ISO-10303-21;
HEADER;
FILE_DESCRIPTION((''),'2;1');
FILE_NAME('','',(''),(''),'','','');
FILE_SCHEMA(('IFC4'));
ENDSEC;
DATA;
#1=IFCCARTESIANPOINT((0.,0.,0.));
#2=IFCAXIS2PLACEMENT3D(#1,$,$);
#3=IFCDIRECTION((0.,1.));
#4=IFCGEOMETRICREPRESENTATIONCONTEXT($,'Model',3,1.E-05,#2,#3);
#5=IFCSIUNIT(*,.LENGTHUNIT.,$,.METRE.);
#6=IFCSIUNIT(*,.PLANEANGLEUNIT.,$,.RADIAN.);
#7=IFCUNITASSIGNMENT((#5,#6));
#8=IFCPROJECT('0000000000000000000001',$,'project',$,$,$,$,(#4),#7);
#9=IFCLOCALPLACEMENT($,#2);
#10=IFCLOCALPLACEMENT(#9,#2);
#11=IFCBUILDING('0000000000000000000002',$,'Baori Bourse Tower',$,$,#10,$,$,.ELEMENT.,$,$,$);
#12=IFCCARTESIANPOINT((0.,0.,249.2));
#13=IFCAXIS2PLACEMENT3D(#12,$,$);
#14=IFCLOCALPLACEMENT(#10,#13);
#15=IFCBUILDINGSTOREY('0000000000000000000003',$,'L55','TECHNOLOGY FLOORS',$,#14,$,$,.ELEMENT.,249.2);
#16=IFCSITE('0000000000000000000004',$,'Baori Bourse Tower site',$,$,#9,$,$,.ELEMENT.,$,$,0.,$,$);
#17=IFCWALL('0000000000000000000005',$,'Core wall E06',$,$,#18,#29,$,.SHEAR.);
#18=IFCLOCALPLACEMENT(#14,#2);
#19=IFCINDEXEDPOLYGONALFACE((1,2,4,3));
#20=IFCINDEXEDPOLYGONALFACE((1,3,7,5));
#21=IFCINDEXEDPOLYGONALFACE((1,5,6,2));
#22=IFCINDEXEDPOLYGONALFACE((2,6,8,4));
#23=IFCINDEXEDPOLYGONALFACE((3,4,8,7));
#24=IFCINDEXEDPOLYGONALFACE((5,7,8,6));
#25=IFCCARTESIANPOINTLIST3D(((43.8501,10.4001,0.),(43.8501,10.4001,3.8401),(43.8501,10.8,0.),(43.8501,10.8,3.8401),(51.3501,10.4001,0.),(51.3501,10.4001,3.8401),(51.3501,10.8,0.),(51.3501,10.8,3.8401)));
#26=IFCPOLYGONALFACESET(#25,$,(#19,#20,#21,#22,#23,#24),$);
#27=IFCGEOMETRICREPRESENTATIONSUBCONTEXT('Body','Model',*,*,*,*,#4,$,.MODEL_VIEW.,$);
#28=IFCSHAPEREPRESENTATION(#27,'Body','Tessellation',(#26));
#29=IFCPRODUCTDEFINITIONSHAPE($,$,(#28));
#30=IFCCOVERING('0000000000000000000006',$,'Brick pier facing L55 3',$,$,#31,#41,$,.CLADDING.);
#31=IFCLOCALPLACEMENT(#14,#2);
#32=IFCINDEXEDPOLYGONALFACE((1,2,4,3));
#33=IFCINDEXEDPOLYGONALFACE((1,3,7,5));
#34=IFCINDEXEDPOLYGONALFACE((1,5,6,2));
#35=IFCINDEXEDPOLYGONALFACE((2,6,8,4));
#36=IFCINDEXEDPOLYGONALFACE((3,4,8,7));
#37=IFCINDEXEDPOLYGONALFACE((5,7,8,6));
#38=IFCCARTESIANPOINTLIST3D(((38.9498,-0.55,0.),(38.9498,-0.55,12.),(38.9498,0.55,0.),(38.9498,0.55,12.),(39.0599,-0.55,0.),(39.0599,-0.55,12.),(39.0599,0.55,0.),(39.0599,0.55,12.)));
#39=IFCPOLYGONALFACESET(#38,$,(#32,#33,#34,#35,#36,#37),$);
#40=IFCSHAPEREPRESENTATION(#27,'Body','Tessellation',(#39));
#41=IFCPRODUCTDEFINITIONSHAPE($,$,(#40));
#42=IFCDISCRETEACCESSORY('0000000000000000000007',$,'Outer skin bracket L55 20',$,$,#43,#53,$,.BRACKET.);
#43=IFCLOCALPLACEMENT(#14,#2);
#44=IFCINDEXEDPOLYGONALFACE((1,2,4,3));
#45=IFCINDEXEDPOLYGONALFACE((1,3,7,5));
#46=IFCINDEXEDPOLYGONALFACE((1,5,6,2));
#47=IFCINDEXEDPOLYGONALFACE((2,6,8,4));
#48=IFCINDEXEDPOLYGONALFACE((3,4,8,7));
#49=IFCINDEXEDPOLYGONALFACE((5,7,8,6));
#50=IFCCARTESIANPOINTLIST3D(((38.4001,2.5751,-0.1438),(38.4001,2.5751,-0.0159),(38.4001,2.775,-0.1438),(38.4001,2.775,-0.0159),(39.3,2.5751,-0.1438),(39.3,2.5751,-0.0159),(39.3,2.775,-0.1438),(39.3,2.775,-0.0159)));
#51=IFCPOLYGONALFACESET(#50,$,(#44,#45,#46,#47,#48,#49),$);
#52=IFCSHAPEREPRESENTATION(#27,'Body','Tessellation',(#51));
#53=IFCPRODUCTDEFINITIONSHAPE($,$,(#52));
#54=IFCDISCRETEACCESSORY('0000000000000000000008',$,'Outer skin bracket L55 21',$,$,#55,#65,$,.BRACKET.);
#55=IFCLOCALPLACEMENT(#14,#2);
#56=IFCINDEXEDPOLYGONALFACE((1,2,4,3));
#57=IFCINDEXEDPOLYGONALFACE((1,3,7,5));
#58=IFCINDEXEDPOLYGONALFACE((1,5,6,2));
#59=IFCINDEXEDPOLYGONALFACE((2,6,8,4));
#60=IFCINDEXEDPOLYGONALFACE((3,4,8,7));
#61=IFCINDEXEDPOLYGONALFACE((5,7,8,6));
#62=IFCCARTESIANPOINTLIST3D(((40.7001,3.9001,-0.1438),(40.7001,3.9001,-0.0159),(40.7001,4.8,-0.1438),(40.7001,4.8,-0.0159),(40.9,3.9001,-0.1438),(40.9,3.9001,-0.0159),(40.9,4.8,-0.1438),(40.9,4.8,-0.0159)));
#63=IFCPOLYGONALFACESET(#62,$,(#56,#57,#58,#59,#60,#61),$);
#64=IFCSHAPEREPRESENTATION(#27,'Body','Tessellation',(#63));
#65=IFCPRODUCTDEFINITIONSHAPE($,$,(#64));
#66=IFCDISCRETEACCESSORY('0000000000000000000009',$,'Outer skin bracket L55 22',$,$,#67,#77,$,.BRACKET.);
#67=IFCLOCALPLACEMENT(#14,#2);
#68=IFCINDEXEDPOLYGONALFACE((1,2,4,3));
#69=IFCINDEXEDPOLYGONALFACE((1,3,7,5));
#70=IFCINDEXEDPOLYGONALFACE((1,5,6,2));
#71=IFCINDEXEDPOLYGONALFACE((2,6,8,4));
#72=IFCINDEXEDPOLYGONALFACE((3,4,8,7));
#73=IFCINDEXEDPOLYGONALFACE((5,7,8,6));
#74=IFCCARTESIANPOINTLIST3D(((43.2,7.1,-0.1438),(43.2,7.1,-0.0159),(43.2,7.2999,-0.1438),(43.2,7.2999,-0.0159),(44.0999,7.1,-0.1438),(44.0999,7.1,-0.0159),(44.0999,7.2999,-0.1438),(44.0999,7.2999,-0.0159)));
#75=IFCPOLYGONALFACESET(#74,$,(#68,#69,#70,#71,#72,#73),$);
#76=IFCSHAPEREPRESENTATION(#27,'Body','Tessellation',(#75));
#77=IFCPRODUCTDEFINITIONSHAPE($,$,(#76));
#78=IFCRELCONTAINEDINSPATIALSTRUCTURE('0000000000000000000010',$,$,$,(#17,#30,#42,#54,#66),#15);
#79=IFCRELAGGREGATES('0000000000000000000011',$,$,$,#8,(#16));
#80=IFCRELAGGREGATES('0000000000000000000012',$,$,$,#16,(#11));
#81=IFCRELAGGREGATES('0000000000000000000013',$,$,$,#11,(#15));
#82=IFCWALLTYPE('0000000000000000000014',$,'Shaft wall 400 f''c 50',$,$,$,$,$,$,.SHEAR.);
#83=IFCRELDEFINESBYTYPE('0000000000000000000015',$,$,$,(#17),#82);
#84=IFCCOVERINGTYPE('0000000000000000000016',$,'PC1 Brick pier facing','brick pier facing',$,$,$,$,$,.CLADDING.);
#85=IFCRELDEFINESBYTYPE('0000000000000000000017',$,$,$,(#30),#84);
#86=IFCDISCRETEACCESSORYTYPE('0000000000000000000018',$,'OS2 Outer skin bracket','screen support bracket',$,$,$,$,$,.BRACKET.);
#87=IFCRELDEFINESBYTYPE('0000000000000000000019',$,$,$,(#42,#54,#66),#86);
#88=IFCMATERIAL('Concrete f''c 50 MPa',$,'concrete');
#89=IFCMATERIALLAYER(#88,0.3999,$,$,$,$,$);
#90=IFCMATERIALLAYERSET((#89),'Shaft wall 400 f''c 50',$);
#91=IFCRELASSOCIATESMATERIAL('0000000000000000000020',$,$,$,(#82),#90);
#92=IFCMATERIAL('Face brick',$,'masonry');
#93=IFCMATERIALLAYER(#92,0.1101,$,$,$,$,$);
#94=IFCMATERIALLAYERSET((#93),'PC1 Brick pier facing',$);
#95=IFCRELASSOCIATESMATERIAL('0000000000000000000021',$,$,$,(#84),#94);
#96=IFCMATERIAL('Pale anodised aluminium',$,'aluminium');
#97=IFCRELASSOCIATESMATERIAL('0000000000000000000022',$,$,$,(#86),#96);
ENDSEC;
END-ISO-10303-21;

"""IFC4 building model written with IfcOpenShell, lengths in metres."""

from ifc_helpers import new_model, si_unit, direction, frame, frame_2d, origin, origin_2d, place, context, subcontext, project, spatial, rectangle, extrude, material, layer, layer_set, type_object, element, save


model = new_model("IFC4")

# Units and contexts
model_context = context("Model", 3, precision=1e-05, world=origin(), true_north=direction((0.0, 1.0)))
body_context = subcontext(model_context, "Body", "Model", "MODEL_VIEW")
ifc_project = project(units=[si_unit("LENGTHUNIT", "METRE"), si_unit("PLANEANGLEUNIT", "RADIAN")], contexts=[model_context])

# Site, building, storey
site_placement = place(None, origin())
site = spatial("IfcSite", under=ifc_project, at=site_placement, Name="Baori Bourse Tower site", CompositionType="ELEMENT", RefElevation=0.0)
building_placement = place(site_placement, origin())
building = spatial("IfcBuilding", under=site, at=building_placement, Name="Baori Bourse Tower", CompositionType="ELEMENT")
storey_placement = place(building_placement, frame((0.0, 0.0, 249.2)))
storey = spatial("IfcBuildingStorey", under=building, at=storey_placement, Name="L55", Description="TECHNOLOGY FLOORS", CompositionType="ELEMENT", Elevation=249.2)

# Wall
ifc_material_1 = material(Name="Concrete f'c 50 MPa", Category="concrete")
ifc_layer_1 = layer(ifc_material_1, 0.3999)
ifc_layer_set_1 = layer_set([ifc_layer_1], Name="Shaft wall 400 f'c 50")
wall_type_1 = type_object("IfcWallType", Name="Shaft wall 400 f'c 50", PredefinedType="SHEAR", material=ifc_layer_set_1)
wall_1_placement = place(storey_placement, frame((43.8501, 10.6001, 0.0), z_axis=(0.0, 0.0, 1.0), x_axis=(1.0, 0.0, 0.0)))
element("IfcWall", 1, at=wall_1_placement, inside=storey, type_object=wall_type_1, Name="Core wall E06", PredefinedType="SHEAR", context=body_context, shape_type="SweptSolid", body=[
    extrude(rectangle(XDim=7.5, YDim=0.3999, at=frame_2d((3.75, 0.0))), origin(), (0.0, 0.0, 1.0), 3.8401),
])

# Covering
ifc_material_2 = material(Name="Face brick", Category="masonry")
ifc_layer_2 = layer(ifc_material_2, 0.1101)
ifc_layer_set_2 = layer_set([ifc_layer_2], Name="PC1 Brick pier facing")
covering_type = type_object("IfcCoveringType", Name="PC1 Brick pier facing", Description="brick pier facing", PredefinedType="CLADDING", material=ifc_layer_set_2)
covering_placement = place(storey_placement, frame((39.0049, 0.0, 0.0), z_axis=(0.0, 0.0, 1.0), x_axis=(1.0, 0.0, 0.0)))
element("IfcCovering", 2, at=covering_placement, inside=storey, type_object=covering_type, Name="Brick pier facing L55 3", PredefinedType="CLADDING", context=body_context, shape_type="SweptSolid", body=[
    extrude(rectangle(XDim=0.1101, YDim=1.1001, at=origin_2d()), origin(), (0.0, 0.0, 1.0), 12.0),
])

# Discrete accessories
ifc_material_3 = material(Name="Pale anodised aluminium", Category="aluminium")
discrete_accessory_type = type_object("IfcDiscreteAccessoryType", Name="OS2 Outer skin bracket", Description="screen support bracket", PredefinedType="BRACKET", material=ifc_material_3)
for number, where, z_axis, x_axis, name in (
    (3, (38.8501, 2.675, -0.1438), (0.0, 0.0, 1.0), (0.0, 1.0, 0.0), "Outer skin bracket L55 20"),
    (4, (40.8, 4.3501, -0.1438), (0.0, 0.0, 1.0), (1.0, 0.0, 0.0), "Outer skin bracket L55 21"),
    (5, (43.6499, 7.2, -0.1438), (0.0, 0.0, 1.0), (0.0, 1.0, 0.0), "Outer skin bracket L55 22"),
):
    element("IfcDiscreteAccessory", number, at=place(storey_placement, frame(where, z_axis=z_axis, x_axis=x_axis)), inside=storey, type_object=discrete_accessory_type, Name=name, PredefinedType="BRACKET", context=body_context, shape_type="SweptSolid", body=[
        extrude(rectangle(XDim=0.2, YDim=0.8999, at=origin_2d()), origin(), (0.0, 0.0, 1.0), 0.1279),
    ])

save(model, "model.ifc")
